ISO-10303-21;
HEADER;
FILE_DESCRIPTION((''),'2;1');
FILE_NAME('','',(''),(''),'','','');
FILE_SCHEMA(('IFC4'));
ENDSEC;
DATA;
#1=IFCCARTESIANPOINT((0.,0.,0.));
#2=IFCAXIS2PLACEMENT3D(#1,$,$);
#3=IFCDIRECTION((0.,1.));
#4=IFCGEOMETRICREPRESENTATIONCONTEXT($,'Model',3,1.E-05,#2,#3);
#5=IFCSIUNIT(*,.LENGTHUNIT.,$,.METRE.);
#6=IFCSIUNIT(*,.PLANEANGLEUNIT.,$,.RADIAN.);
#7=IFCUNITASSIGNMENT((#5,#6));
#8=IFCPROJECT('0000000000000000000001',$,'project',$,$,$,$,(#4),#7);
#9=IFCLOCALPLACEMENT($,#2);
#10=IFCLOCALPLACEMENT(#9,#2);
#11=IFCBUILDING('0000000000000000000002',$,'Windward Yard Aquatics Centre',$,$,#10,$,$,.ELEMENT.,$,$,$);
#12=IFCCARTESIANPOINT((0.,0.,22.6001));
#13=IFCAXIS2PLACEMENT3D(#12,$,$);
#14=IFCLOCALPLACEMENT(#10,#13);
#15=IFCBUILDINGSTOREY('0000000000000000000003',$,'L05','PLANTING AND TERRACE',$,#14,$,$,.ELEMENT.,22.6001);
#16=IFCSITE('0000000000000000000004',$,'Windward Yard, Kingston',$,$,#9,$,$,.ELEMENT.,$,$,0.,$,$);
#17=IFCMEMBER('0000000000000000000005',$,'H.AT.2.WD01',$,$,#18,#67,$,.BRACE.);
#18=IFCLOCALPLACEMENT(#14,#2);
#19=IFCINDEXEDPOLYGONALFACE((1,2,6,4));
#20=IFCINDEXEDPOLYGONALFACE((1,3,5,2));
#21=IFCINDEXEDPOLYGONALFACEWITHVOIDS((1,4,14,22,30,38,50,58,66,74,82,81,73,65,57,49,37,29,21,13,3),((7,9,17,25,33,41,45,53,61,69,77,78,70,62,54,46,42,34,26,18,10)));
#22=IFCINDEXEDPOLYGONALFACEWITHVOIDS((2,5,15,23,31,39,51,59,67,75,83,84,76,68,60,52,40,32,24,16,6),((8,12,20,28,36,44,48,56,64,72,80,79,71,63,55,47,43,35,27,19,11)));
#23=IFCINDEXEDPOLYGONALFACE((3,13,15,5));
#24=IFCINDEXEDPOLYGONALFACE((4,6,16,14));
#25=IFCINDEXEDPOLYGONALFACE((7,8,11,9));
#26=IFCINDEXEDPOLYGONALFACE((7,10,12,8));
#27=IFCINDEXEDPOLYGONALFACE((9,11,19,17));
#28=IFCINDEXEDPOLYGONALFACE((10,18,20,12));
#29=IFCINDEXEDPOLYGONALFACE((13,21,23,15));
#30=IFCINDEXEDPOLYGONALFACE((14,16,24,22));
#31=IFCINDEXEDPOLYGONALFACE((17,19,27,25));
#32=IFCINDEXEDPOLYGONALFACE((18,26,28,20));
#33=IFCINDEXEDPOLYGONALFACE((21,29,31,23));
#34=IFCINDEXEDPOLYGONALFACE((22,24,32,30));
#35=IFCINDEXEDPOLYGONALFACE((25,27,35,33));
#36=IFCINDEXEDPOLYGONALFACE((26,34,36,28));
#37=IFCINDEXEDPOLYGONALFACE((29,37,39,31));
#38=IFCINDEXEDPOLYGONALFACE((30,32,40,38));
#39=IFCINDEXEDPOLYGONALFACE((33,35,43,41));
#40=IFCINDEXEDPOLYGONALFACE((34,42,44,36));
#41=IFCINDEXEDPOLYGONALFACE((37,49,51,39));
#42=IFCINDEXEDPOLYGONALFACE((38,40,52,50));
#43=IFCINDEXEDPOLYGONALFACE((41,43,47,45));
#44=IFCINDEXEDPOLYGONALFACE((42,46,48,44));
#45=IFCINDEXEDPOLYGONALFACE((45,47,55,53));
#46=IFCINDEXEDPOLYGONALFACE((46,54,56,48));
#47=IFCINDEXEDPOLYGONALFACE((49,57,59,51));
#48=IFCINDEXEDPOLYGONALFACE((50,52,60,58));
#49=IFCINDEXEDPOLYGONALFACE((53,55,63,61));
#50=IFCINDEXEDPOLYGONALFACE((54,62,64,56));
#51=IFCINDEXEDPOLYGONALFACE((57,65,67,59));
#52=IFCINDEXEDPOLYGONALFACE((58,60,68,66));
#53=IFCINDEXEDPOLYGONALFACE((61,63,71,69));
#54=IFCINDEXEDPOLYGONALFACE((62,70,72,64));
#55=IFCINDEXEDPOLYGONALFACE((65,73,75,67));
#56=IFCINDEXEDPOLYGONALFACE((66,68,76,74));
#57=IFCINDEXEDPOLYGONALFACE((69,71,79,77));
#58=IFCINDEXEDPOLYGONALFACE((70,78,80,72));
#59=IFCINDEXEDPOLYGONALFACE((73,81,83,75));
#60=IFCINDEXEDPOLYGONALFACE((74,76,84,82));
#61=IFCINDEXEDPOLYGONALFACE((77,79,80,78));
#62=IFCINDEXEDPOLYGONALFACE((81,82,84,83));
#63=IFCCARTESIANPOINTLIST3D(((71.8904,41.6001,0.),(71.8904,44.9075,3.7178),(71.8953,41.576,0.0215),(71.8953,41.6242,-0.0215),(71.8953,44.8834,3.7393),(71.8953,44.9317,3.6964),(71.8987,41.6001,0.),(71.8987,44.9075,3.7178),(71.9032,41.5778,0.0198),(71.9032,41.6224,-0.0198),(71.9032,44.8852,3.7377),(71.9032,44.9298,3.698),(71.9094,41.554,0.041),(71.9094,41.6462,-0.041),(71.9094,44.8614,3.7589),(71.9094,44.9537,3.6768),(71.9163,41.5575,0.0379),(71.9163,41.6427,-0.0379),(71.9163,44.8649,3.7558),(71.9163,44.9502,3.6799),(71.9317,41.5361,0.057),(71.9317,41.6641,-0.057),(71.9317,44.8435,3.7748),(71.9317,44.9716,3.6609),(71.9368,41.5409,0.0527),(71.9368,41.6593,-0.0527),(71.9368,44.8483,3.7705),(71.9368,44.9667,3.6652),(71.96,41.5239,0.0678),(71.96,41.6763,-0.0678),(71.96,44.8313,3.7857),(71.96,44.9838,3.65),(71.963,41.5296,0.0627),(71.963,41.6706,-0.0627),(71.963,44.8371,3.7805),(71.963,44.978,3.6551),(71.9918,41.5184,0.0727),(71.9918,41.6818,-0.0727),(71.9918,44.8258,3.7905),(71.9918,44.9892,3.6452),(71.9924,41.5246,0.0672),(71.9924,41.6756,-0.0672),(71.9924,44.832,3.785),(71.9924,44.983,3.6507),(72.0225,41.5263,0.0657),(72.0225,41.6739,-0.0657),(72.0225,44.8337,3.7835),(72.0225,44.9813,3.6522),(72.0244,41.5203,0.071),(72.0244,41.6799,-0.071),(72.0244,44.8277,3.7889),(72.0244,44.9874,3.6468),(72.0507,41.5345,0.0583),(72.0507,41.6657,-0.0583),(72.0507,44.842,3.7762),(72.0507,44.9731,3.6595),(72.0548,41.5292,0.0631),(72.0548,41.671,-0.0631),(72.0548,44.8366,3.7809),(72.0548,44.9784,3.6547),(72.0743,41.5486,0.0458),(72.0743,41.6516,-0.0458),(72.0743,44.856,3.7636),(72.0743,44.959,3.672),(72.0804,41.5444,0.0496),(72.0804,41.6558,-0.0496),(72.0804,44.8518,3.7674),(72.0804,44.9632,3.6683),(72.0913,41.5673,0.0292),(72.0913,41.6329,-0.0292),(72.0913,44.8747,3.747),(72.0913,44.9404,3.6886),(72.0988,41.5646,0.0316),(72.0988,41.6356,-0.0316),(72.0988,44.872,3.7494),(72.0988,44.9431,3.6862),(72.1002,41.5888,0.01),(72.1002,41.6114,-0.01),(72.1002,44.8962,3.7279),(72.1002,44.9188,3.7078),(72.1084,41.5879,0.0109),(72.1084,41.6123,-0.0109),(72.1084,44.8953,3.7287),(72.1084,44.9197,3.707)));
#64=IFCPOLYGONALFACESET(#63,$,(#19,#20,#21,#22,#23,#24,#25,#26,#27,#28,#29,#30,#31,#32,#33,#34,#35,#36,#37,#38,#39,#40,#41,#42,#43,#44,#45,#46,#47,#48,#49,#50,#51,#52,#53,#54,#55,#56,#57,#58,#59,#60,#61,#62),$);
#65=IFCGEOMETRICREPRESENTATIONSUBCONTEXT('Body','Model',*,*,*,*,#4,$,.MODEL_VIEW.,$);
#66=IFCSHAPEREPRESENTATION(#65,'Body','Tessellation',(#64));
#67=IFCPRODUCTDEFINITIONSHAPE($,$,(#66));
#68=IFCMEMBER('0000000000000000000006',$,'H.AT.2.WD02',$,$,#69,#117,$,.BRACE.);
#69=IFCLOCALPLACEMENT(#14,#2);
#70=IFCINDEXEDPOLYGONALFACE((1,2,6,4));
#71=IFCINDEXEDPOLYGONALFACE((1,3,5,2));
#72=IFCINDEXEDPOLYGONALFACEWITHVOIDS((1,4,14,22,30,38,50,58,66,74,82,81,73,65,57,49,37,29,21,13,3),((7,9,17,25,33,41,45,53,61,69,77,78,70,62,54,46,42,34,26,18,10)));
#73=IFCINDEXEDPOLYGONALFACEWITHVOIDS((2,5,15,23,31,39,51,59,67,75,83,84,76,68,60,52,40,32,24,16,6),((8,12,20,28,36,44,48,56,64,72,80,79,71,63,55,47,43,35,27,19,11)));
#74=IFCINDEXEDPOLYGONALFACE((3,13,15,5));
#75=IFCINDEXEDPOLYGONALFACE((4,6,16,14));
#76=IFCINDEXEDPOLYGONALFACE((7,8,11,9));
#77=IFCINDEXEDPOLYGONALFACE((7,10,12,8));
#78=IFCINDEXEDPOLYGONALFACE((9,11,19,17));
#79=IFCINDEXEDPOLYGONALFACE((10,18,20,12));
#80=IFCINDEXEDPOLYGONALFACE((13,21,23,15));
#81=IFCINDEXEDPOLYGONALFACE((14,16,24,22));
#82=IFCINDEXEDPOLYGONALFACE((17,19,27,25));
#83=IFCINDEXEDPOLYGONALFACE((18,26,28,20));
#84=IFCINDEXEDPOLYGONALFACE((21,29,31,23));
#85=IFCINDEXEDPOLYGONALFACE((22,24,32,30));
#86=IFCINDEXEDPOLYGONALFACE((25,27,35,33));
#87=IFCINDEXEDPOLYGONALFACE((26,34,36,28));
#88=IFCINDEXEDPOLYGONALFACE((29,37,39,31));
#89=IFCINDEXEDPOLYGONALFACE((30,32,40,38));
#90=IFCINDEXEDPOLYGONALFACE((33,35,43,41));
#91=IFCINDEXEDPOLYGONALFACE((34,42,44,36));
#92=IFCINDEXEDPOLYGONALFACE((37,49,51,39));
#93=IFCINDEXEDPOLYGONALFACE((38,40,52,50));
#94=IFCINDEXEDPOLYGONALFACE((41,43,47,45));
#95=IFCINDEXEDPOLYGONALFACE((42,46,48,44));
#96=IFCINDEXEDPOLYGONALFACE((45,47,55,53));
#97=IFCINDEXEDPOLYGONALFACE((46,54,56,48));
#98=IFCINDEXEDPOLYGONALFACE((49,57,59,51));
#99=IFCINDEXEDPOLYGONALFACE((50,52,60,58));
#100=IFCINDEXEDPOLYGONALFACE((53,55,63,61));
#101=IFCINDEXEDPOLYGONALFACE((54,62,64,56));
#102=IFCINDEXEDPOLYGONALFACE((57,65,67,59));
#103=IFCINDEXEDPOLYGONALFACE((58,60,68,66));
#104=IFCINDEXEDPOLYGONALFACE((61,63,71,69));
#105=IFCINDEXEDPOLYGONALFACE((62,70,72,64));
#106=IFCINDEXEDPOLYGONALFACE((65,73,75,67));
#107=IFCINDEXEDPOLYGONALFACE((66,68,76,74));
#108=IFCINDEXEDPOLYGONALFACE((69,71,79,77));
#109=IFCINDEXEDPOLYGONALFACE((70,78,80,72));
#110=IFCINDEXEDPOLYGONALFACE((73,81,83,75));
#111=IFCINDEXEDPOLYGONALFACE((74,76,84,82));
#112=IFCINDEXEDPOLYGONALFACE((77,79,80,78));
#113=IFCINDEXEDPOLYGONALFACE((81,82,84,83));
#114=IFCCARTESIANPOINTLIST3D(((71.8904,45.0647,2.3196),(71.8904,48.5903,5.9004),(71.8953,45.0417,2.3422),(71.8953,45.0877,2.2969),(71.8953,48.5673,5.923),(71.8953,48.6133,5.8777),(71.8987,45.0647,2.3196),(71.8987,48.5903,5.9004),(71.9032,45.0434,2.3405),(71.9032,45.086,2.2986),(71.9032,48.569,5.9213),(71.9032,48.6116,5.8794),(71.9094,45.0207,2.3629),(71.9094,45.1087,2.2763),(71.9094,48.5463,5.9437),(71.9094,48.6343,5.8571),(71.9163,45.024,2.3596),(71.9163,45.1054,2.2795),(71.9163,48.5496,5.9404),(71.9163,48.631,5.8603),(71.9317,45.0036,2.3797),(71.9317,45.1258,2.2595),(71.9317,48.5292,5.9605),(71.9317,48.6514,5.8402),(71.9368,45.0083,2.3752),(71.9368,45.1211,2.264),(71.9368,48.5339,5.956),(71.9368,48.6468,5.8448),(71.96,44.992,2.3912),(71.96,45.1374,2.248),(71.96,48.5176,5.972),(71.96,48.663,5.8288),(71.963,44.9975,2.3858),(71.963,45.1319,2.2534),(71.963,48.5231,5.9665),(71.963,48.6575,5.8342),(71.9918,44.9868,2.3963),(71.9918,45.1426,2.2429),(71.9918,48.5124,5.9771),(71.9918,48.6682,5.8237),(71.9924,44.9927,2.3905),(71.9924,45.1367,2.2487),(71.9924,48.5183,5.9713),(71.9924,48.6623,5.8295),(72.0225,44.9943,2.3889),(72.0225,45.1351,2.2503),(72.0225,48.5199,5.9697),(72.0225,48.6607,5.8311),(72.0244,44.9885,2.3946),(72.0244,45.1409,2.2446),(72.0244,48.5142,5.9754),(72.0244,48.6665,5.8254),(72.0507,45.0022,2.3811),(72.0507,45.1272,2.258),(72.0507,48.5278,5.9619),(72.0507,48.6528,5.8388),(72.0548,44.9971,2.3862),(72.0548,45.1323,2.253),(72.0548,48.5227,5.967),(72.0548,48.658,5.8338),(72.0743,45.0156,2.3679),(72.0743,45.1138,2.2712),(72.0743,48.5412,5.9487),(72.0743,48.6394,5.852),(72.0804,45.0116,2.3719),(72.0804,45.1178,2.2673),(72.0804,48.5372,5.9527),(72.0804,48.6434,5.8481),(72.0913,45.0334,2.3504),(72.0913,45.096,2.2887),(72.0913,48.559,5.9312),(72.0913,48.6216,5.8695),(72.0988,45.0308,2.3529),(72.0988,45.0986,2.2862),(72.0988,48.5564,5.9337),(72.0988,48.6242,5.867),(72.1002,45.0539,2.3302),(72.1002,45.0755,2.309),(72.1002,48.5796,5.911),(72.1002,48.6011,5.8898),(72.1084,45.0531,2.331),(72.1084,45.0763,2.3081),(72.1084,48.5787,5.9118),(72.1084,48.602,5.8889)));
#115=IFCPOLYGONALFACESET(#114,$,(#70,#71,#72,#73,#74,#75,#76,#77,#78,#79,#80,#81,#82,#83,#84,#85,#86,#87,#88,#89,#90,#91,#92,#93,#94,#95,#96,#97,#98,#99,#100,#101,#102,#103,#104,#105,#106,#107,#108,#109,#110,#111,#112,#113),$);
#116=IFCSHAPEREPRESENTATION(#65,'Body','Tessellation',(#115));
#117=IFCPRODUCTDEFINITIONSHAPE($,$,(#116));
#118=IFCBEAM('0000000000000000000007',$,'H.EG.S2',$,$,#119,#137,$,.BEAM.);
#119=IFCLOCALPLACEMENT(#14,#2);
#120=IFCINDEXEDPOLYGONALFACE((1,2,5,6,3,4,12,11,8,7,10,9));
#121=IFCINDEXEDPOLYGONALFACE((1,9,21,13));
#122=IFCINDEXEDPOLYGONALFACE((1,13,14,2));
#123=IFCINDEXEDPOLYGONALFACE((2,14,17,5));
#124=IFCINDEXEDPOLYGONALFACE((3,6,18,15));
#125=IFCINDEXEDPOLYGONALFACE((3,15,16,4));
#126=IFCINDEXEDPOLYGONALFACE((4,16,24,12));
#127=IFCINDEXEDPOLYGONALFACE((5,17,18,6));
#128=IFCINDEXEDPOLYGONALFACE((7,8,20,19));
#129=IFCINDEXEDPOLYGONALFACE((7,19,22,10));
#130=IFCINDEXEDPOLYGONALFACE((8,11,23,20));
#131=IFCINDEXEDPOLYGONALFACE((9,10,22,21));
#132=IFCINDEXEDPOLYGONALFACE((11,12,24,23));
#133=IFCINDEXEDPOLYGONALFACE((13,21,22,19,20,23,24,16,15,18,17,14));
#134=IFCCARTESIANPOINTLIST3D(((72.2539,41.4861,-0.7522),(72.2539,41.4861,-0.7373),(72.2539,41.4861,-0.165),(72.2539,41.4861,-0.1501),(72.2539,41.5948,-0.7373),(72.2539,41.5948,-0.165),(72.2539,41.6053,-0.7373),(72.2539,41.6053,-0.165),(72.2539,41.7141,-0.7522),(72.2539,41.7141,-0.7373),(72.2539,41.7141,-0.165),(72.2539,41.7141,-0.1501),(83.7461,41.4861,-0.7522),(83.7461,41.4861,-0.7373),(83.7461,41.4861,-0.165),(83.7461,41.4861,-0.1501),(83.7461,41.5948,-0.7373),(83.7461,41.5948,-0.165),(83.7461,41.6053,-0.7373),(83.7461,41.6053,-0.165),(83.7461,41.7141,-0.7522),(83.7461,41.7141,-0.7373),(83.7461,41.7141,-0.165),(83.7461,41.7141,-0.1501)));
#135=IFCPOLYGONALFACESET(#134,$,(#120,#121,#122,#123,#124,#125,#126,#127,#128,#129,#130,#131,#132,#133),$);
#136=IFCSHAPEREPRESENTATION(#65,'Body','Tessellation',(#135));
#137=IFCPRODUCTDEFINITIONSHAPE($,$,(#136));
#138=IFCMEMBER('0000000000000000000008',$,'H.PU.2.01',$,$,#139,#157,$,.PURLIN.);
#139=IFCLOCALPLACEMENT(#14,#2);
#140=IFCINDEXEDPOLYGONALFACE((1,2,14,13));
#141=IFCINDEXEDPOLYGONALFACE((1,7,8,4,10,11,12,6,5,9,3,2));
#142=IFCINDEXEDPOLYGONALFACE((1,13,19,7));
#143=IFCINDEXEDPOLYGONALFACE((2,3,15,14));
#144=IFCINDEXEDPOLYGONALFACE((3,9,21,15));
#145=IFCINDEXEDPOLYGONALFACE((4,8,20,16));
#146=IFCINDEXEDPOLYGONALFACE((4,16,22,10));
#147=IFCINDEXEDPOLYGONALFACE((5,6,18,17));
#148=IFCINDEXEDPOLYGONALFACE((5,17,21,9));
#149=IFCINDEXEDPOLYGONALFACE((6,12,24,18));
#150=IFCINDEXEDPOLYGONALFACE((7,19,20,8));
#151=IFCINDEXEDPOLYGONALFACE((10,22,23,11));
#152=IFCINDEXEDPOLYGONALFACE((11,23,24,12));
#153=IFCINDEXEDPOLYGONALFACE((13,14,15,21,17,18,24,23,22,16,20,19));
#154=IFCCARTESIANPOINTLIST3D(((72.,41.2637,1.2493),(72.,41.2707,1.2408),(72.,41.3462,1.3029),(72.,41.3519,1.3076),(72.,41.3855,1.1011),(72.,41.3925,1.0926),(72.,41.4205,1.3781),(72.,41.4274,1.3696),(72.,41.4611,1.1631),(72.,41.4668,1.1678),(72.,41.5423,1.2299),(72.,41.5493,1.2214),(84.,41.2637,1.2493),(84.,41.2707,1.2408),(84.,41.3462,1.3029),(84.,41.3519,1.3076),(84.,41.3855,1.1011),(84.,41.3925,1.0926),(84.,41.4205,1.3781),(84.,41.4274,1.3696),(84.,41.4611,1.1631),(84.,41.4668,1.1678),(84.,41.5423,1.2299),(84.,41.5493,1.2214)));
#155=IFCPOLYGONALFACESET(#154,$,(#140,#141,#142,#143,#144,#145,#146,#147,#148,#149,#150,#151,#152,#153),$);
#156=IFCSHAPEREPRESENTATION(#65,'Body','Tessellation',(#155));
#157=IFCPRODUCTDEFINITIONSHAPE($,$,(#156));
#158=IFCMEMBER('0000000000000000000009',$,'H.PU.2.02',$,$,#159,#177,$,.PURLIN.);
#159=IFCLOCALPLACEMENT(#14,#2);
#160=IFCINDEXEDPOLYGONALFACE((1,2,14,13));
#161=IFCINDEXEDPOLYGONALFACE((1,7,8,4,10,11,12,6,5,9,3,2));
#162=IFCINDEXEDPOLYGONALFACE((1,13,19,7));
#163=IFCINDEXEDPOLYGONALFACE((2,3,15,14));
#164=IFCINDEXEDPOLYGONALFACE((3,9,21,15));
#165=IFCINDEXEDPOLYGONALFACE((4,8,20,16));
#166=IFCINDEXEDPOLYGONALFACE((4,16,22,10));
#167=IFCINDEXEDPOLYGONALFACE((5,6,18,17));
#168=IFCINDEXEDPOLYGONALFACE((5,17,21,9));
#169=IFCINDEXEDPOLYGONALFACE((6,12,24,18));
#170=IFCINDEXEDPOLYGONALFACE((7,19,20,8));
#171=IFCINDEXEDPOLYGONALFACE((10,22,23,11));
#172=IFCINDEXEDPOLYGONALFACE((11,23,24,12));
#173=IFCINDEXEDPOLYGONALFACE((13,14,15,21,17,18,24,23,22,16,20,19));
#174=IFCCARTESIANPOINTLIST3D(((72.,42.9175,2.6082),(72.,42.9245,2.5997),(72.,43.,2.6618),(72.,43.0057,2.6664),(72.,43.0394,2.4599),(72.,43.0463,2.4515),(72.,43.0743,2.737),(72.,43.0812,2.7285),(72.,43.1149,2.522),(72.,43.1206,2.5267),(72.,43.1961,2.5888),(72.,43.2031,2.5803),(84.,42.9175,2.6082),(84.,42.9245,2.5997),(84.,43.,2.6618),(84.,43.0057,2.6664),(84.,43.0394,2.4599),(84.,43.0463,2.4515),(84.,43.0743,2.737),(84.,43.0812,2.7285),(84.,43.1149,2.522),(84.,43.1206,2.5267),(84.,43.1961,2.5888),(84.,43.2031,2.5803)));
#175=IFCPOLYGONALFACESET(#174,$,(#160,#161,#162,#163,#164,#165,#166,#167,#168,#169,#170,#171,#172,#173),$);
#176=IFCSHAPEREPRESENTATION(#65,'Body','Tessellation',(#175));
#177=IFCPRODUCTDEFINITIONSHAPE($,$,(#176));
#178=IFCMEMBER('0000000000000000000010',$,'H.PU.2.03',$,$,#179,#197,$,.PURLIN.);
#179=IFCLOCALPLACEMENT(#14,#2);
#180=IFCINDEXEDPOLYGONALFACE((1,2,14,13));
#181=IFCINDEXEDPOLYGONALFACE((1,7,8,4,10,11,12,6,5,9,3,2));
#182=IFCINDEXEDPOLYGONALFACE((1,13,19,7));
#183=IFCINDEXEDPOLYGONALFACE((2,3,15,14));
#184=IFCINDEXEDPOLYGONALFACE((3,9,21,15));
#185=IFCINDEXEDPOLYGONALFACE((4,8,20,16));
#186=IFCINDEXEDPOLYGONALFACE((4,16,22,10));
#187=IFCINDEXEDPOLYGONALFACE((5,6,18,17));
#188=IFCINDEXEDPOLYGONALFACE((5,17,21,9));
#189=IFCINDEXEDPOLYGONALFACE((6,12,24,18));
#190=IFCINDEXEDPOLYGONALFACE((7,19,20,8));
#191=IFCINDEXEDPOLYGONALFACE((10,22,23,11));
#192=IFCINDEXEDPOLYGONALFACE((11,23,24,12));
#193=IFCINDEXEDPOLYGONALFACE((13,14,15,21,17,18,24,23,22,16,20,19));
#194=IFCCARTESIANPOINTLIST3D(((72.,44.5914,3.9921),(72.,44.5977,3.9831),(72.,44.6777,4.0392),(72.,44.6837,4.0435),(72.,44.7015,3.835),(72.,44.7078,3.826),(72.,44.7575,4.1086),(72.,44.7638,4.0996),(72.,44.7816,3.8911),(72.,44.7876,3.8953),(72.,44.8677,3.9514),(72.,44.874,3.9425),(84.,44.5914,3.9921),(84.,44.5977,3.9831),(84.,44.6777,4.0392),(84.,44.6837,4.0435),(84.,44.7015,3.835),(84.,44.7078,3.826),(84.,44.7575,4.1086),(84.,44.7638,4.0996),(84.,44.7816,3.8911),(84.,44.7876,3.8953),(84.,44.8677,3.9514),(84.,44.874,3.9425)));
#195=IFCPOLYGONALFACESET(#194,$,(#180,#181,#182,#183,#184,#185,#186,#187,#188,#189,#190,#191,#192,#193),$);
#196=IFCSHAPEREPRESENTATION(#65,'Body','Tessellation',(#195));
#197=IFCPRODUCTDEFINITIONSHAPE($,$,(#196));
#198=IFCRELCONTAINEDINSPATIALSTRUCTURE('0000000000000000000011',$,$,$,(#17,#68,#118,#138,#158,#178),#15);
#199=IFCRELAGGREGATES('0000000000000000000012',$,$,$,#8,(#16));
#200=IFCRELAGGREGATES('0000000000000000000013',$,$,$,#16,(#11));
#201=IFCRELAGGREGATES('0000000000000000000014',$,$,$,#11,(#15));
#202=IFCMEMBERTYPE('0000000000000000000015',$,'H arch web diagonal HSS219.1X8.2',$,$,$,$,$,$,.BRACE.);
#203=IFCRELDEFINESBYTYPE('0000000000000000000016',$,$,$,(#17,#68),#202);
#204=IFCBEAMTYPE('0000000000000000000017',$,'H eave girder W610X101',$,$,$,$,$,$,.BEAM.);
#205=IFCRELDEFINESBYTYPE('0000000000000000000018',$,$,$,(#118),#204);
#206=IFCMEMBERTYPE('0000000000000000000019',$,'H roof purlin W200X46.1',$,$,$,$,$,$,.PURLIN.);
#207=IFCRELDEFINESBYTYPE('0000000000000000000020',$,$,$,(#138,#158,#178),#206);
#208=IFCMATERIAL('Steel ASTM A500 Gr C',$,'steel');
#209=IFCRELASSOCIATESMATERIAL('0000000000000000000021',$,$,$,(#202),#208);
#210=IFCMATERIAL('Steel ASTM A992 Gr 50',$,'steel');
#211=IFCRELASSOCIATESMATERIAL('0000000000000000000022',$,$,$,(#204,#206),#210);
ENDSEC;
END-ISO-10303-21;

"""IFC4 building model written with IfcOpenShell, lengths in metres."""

from ifc_helpers import new_model, si_unit, direction, frame, origin, origin_2d, place, context, subcontext, project, spatial, hollow_circle, i_section, extrude, material, material_profile, profile_set, type_object, element, save


model = new_model("IFC4")

# Units and contexts
model_context = context("Model", 3, precision=1e-05, world=origin(), true_north=direction((0.0, 1.0)))
body_context = subcontext(model_context, "Body", "Model", "MODEL_VIEW")
ifc_project = project(units=[si_unit("LENGTHUNIT", "METRE"), si_unit("PLANEANGLEUNIT", "RADIAN")], contexts=[model_context])

# Site, building, storey
site_placement = place(None, origin())
site = spatial("IfcSite", under=ifc_project, at=site_placement, Name="Windward Yard, Kingston", CompositionType="ELEMENT", RefElevation=0.0)
building_placement = place(site_placement, origin())
building = spatial("IfcBuilding", under=site, at=building_placement, Name="Windward Yard Aquatics Centre", CompositionType="ELEMENT")
storey_placement = place(building_placement, frame((0.0, 0.0, 22.6001)))
storey = spatial("IfcBuildingStorey", under=building, at=storey_placement, Name="L05", Description="PLANTING AND TERRACE", CompositionType="ELEMENT", Elevation=22.6001)

# Members
ifc_material_1 = material(Name="Steel ASTM A500 Gr C", Category="steel")
ifc_material_profile_1 = material_profile(ifc_material_1, hollow_circle(Radius=0.1096, WallThickness=0.0083, at=origin_2d()), Name="HSS219.1X8.2")
ifc_profile_set_1 = profile_set([ifc_material_profile_1], Name="Steel ASTM A500 Gr C")
member_type_1 = type_object("IfcMemberType", Name="H arch web diagonal HSS219.1X8.2", PredefinedType="BRACE", material=ifc_profile_set_1)
member_1_placement = place(storey_placement, frame((72.0, 41.6001, 0.0), z_axis=(0.0, 0.664665, 0.747141), x_axis=(-1.0, 0.0, 0.0)))
element("IfcMember", 1, at=member_1_placement, inside=storey, type_object=member_type_1, Name="H.AT.2.WD01", PredefinedType="BRACE", context=body_context, shape_type="SweptSolid", body=[
    extrude(hollow_circle(Radius=0.1096, WallThickness=0.0083, at=origin_2d()), origin(), (0.0, 0.0, 1.0), 4.9761),
])
member_2_placement = place(storey_placement, frame((72.0, 45.0647, 2.3196), z_axis=(0.0, 0.701596, 0.712575), x_axis=(-1.0, 0.0, 0.0)))
element("IfcMember", 2, at=member_2_placement, inside=storey, type_object=member_type_1, Name="H.AT.2.WD02", PredefinedType="BRACE", context=body_context, shape_type="SweptSolid", body=[
    extrude(hollow_circle(Radius=0.1096, WallThickness=0.0083, at=origin_2d()), origin(), (0.0, 0.0, 1.0), 5.0251),
])

# Beam
ifc_material_2 = material(Name="Steel ASTM A992 Gr 50", Category="steel")
ifc_material_profile_2 = material_profile(ifc_material_2, i_section(OverallWidth=0.228, OverallDepth=0.6021, WebThickness=0.0105, FlangeThickness=0.0149, at=origin_2d()), Name="W610X101")
ifc_profile_set_2 = profile_set([ifc_material_profile_2], Name="Steel ASTM A992 Gr 50")
beam_type_1 = type_object("IfcBeamType", Name="H eave girder W610X101", PredefinedType="BEAM", material=ifc_profile_set_2)
beam_1_placement = place(storey_placement, frame((72.2539, 41.6001, -0.4512), z_axis=(1.0, 0.0, 0.0), x_axis=(0.0, 1.0, 0.0)))
element("IfcBeam", 3, at=beam_1_placement, inside=storey, type_object=beam_type_1, Name="H.EG.S2", PredefinedType="BEAM", context=body_context, shape_type="SweptSolid", body=[
    extrude(i_section(OverallWidth=0.228, OverallDepth=0.6021, WebThickness=0.0105, FlangeThickness=0.0149, at=origin_2d()), origin(), (0.0, 0.0, 1.0), 11.4922),
])

# Members
ifc_material_profile_3 = material_profile(ifc_material_2, i_section(OverallWidth=0.2029, OverallDepth=0.2029, WebThickness=0.0073, FlangeThickness=0.011, at=origin_2d()), Name="W200X46.1")
ifc_profile_set_3 = profile_set([ifc_material_profile_3], Name="Steel ASTM A992 Gr 50")
member_type_2 = type_object("IfcMemberType", Name="H roof purlin W200X46.1", PredefinedType="PURLIN", material=ifc_profile_set_3)
for number, where, z_axis, x_axis, name in (
    (4, (72.0, 41.4065, 1.2354), (1.0, 0.0, 0.0), (0.0, 0.772611, 0.63488), "H.PU.2.01"),
    (5, (72.0, 43.0603, 2.5942), (1.0, 0.0, 0.0), (0.0, 0.772611, 0.63488), "H.PU.2.02"),
    (6, (72.0, 44.7327, 3.9673), (1.0, 0.0, 0.0), (0.0, 0.818831, 0.574035), "H.PU.2.03"),
):
    element("IfcMember", number, at=place(storey_placement, frame(where, z_axis=z_axis, x_axis=x_axis)), inside=storey, type_object=member_type_2, Name=name, PredefinedType="PURLIN", context=body_context, shape_type="SweptSolid", body=[
        extrude(i_section(OverallWidth=0.2029, OverallDepth=0.2029, WebThickness=0.0073, FlangeThickness=0.011, at=origin_2d()), origin(), (0.0, 0.0, 1.0), 12.0),
    ])

save(model, "model.ifc")
